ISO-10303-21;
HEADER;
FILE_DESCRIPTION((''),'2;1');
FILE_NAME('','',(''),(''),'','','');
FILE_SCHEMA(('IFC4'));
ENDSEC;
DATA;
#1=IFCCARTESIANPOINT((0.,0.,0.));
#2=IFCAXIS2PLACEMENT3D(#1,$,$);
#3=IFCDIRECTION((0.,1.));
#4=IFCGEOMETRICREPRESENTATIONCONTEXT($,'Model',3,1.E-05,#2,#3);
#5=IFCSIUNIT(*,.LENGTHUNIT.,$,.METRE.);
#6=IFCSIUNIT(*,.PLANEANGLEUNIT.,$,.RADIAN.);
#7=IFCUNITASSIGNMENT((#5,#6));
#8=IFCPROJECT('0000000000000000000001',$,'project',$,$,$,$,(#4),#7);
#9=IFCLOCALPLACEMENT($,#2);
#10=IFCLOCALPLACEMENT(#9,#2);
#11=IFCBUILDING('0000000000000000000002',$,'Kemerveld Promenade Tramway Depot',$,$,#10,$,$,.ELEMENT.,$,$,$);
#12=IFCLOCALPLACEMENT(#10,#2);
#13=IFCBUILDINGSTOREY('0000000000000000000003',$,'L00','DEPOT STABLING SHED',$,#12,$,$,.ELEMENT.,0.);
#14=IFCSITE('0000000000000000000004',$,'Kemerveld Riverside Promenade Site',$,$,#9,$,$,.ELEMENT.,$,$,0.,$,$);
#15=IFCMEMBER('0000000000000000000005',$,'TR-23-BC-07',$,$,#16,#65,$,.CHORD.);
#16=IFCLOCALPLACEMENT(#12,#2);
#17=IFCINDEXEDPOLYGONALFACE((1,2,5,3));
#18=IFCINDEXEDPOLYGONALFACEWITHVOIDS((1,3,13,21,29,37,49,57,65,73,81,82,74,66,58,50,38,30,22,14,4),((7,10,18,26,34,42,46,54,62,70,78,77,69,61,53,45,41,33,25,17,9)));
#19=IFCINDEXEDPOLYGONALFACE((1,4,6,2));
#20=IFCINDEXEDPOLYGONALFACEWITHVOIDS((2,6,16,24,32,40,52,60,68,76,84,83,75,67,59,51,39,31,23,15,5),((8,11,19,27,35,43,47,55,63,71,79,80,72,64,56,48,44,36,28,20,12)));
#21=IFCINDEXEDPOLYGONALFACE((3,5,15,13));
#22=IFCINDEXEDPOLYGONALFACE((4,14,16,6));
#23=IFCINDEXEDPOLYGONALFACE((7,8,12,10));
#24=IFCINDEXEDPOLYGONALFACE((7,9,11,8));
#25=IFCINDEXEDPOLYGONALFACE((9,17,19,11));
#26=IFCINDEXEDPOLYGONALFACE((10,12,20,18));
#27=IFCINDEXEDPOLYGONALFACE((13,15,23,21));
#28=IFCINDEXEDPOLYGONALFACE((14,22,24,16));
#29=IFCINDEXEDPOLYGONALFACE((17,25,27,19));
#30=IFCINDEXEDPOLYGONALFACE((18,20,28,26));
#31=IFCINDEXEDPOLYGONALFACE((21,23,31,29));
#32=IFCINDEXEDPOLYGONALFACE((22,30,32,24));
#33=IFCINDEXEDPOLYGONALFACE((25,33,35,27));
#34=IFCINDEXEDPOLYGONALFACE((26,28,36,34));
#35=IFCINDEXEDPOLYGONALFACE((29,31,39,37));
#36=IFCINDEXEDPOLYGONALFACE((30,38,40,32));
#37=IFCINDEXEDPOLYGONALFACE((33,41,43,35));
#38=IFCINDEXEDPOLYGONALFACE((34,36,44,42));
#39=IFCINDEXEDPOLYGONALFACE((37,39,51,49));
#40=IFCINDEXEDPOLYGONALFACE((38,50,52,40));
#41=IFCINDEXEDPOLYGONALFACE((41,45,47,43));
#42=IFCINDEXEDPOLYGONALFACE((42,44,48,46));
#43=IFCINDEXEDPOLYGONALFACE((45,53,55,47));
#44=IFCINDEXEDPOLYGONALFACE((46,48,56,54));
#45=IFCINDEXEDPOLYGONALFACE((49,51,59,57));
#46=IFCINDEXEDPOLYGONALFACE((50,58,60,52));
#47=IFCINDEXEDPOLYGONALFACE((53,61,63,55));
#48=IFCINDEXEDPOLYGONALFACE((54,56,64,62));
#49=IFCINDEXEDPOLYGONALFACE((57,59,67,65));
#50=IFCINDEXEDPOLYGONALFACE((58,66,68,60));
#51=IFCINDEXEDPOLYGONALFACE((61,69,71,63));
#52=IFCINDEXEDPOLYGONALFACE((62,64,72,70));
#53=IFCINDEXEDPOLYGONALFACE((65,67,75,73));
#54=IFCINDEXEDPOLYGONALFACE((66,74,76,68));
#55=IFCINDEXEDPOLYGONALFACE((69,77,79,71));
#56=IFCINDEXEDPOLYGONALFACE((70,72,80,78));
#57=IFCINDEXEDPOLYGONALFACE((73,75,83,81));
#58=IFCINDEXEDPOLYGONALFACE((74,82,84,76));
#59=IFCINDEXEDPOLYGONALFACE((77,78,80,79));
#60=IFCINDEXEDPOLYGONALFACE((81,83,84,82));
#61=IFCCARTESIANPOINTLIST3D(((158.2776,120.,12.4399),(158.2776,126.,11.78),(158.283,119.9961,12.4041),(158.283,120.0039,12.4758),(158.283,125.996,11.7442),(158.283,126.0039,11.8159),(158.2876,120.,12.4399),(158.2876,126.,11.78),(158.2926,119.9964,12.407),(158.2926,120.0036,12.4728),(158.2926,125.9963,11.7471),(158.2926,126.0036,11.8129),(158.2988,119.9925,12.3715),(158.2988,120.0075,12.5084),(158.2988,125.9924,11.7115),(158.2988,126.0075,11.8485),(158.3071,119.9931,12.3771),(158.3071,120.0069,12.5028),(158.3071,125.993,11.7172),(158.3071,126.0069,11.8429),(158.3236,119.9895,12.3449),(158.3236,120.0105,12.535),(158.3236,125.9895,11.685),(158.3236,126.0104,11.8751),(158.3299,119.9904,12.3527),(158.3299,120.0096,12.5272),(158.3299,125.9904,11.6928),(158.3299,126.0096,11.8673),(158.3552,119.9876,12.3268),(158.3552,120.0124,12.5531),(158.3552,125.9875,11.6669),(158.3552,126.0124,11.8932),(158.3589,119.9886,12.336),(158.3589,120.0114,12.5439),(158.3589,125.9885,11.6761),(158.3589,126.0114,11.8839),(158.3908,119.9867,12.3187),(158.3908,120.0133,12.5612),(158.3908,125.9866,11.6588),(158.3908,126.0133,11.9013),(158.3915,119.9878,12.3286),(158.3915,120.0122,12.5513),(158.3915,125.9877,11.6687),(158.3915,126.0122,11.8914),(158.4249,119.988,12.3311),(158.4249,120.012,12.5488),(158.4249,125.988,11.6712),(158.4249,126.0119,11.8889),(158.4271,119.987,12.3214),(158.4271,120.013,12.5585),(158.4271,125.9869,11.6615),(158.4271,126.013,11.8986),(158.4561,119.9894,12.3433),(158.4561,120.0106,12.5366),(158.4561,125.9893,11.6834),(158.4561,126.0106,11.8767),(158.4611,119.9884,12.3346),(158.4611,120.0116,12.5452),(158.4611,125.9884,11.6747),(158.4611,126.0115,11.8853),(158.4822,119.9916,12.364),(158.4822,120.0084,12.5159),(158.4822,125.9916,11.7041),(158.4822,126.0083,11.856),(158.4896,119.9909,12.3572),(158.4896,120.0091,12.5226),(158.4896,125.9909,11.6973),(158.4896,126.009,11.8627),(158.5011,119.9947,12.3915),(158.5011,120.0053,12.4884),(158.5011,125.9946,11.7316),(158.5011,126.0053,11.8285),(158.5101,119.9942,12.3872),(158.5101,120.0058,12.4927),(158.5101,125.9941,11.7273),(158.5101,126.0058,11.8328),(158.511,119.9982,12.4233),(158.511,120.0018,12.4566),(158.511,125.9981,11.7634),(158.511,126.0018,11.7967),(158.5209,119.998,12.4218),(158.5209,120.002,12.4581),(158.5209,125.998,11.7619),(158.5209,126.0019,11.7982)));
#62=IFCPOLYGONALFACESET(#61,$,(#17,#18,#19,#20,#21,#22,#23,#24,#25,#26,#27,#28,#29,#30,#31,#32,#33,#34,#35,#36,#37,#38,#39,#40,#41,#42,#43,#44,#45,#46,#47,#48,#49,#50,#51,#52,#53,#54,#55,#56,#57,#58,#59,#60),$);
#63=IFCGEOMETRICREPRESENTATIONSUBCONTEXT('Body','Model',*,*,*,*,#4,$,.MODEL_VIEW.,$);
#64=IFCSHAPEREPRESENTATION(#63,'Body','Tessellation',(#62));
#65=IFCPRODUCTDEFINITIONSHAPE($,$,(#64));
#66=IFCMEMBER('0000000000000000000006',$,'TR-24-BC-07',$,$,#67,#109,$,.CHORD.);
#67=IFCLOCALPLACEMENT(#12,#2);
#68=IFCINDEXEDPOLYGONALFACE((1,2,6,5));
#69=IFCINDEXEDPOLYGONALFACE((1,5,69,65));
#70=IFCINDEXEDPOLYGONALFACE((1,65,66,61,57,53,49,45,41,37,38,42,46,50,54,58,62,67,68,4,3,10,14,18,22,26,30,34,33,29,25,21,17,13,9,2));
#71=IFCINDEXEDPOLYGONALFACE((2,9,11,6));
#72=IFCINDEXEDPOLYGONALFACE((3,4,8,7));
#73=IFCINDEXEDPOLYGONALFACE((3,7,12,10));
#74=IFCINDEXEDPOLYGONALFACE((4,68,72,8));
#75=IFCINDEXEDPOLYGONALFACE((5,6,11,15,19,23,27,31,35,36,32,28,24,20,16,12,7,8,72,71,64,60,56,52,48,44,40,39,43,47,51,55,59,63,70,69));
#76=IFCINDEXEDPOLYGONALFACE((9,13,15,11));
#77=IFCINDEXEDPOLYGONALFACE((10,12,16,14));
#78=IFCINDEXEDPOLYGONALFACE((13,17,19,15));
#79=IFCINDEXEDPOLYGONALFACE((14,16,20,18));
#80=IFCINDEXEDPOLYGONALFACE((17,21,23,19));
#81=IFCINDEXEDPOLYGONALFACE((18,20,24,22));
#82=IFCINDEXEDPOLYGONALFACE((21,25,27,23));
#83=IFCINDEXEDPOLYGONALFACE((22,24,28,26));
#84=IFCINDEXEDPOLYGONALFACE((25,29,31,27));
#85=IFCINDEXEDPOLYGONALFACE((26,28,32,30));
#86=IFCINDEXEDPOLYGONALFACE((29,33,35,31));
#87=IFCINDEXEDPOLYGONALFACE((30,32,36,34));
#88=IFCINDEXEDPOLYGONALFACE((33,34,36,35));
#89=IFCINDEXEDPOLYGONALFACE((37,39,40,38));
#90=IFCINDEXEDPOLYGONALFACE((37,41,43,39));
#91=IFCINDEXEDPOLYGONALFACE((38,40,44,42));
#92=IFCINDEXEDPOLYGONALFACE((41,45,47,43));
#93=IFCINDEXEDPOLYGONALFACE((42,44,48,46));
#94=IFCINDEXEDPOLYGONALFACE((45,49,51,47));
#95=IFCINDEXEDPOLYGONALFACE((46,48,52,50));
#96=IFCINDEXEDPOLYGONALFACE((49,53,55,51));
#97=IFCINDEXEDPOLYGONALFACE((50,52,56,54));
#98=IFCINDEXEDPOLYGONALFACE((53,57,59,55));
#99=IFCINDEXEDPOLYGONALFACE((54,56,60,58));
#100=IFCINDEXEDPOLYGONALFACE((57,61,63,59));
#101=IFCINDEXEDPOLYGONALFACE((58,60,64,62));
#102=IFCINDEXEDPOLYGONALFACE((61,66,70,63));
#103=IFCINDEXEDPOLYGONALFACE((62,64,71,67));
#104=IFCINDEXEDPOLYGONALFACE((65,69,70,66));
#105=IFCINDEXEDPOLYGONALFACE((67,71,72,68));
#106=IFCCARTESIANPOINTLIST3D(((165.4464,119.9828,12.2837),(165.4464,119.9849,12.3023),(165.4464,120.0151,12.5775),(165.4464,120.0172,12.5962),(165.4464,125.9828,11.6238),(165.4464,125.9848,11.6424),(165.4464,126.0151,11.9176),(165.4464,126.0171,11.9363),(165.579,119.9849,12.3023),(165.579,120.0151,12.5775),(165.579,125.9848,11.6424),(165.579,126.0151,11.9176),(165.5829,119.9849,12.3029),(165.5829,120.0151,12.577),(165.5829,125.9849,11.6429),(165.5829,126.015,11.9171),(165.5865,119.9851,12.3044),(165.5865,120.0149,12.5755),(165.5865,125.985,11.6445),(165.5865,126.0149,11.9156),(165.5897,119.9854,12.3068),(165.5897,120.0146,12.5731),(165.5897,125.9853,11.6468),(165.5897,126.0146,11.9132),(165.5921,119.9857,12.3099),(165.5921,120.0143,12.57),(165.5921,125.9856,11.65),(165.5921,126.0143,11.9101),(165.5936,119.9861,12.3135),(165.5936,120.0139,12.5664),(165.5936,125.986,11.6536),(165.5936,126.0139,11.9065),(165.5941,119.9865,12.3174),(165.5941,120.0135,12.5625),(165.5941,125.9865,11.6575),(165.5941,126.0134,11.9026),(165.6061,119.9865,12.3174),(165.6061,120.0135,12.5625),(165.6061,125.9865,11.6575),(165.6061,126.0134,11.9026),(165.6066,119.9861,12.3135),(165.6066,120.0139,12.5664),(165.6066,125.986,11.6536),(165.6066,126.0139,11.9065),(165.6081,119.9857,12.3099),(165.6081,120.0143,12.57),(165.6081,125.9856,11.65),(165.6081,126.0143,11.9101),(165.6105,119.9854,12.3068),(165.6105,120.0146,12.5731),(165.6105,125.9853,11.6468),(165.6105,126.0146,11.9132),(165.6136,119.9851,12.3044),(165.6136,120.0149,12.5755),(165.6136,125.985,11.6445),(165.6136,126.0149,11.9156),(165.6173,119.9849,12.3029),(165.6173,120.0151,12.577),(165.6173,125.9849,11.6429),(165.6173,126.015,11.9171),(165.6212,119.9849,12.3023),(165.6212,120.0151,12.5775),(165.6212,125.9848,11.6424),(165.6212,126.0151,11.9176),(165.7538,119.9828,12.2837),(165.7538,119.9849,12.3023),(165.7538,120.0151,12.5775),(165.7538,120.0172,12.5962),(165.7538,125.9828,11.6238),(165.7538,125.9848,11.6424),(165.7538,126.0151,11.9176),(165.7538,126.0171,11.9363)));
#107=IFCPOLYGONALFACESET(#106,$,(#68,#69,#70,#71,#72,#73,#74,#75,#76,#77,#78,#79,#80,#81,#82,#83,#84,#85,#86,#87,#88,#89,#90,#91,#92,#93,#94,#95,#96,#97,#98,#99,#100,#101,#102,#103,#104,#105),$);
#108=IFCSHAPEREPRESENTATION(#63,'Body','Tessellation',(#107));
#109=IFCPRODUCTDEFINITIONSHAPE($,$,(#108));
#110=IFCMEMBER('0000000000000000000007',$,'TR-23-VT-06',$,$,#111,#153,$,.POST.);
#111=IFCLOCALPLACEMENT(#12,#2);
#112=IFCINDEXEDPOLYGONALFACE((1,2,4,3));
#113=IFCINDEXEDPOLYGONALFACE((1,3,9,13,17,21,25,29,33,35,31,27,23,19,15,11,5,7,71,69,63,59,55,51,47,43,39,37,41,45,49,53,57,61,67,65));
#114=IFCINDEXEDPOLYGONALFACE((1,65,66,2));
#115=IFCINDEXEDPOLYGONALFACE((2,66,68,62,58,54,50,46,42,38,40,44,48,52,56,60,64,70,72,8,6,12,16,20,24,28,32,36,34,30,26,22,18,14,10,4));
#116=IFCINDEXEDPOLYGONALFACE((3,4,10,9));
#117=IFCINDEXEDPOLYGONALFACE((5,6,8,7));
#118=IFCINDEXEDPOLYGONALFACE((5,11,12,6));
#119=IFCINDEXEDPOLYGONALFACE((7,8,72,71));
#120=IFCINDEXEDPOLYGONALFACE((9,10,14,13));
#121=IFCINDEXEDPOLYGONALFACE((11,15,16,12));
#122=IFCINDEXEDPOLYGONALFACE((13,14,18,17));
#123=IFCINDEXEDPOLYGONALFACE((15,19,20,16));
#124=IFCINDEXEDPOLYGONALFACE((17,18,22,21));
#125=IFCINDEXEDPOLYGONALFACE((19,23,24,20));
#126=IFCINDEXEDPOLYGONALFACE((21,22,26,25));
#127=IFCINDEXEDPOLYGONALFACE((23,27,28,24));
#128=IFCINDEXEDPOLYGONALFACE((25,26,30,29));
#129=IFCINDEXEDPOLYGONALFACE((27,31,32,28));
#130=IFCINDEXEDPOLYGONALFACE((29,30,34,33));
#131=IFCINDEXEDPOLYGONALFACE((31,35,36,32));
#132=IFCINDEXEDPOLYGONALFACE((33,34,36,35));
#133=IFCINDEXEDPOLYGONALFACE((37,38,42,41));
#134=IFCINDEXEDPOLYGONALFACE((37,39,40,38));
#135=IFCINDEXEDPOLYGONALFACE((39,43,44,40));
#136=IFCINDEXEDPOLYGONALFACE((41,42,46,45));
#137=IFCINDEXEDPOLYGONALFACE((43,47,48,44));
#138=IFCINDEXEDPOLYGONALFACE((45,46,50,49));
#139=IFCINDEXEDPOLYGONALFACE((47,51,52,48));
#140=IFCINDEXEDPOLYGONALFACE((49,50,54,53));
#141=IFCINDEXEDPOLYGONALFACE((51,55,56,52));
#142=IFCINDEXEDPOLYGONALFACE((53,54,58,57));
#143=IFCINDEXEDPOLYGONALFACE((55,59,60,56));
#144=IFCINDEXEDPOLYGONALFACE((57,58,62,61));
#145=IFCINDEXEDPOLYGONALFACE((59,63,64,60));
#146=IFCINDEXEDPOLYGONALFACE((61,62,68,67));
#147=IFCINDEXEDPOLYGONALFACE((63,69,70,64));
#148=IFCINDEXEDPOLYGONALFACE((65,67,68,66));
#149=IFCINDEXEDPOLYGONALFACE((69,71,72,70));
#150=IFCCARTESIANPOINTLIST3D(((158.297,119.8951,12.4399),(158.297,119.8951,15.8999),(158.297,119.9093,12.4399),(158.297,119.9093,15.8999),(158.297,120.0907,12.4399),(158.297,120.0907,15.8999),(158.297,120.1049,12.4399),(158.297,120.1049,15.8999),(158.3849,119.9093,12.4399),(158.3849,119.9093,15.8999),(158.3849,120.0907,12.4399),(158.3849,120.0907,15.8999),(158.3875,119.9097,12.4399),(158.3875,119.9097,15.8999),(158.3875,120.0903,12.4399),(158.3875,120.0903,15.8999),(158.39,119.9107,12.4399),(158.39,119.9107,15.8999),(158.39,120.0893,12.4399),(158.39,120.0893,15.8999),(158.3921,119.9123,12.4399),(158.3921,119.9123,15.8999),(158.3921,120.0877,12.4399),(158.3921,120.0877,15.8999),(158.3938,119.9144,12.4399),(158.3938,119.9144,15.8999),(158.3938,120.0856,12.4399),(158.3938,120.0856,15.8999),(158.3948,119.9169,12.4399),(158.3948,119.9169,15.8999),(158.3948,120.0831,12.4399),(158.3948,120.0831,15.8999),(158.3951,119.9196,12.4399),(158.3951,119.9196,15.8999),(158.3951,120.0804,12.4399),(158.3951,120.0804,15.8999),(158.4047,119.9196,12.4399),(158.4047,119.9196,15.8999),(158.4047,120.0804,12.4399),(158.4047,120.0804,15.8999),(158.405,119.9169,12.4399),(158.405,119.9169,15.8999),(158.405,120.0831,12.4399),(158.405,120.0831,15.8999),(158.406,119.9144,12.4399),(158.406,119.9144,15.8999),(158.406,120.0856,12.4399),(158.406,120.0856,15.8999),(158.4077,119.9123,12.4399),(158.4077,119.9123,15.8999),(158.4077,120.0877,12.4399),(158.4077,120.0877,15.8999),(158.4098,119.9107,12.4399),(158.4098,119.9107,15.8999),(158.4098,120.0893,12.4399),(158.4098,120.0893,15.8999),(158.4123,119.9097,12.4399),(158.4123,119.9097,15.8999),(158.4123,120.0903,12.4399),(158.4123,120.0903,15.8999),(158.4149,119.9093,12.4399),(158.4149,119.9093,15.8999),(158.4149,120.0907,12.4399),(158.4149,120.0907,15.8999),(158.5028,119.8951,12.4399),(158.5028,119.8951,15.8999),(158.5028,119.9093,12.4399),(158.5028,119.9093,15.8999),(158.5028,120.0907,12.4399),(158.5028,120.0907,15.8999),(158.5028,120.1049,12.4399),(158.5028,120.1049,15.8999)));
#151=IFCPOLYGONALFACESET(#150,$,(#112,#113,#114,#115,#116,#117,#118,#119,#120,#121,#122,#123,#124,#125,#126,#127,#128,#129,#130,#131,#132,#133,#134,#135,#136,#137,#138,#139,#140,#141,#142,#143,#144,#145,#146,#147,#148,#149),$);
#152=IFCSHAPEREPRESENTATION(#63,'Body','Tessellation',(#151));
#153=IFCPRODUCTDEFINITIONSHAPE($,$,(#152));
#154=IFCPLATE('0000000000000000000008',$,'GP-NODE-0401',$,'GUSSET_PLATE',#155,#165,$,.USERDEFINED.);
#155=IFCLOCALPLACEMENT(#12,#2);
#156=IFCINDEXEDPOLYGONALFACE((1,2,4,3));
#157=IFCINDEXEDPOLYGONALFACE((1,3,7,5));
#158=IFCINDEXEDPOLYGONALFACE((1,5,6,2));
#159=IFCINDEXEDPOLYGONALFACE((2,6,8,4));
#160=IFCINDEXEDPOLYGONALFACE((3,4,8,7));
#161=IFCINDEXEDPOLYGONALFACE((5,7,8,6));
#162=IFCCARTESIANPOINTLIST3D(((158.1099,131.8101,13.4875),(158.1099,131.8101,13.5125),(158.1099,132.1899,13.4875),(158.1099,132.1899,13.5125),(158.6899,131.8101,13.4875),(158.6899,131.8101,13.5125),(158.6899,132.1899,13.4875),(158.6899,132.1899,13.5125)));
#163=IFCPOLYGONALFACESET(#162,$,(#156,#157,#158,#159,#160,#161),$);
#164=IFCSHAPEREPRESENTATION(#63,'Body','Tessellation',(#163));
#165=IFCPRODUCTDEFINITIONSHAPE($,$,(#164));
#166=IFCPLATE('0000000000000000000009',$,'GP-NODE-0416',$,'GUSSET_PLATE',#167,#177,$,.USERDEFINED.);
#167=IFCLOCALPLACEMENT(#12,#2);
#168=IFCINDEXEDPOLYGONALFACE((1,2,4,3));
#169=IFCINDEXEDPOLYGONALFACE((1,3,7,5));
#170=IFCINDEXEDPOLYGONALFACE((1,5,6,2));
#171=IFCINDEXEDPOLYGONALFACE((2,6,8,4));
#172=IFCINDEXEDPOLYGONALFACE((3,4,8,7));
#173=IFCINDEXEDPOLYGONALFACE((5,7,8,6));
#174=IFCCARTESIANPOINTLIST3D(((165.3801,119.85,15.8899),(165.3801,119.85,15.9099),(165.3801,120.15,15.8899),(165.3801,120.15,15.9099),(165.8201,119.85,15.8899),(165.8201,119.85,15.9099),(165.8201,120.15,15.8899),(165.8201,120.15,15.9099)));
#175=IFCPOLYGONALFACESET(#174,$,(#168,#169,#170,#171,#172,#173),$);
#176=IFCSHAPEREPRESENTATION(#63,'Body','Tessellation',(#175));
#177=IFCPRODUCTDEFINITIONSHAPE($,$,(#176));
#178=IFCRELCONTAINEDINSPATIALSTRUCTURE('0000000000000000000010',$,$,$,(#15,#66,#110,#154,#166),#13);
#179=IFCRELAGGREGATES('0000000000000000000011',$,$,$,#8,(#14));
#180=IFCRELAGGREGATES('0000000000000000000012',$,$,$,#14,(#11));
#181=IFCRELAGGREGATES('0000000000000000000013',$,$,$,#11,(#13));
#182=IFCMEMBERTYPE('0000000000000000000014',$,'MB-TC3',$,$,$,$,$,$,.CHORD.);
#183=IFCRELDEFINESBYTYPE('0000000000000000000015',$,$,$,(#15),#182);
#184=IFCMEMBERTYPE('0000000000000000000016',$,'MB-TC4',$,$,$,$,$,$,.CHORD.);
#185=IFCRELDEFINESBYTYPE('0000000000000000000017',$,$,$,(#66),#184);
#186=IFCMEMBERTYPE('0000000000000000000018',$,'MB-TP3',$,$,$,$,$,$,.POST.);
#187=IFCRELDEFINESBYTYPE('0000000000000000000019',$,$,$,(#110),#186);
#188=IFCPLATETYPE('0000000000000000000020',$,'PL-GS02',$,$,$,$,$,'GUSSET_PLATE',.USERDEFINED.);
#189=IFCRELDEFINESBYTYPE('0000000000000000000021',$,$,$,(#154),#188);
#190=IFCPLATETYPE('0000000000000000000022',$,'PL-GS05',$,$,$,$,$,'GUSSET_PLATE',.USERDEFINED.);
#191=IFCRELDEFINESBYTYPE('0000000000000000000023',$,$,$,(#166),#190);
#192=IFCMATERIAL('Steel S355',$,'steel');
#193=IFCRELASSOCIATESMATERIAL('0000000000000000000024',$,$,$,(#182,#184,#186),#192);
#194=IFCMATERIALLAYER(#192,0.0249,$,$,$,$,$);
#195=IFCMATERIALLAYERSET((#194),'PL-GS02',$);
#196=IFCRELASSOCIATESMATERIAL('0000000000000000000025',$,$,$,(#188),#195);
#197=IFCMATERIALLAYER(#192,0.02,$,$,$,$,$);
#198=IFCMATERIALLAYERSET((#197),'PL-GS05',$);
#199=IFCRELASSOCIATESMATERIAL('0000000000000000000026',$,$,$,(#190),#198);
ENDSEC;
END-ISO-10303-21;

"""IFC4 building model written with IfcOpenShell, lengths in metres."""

from ifc_helpers import new_model, si_unit, direction, frame, origin, origin_2d, place, context, subcontext, project, spatial, rectangle, hollow_circle, i_section, extrude, material, layer, layer_set, material_profile, profile_set, type_object, element, save


model = new_model("IFC4")

# Units and contexts
model_context = context("Model", 3, precision=1e-05, world=origin(), true_north=direction((0.0, 1.0)))
body_context = subcontext(model_context, "Body", "Model", "MODEL_VIEW")
ifc_project = project(units=[si_unit("LENGTHUNIT", "METRE"), si_unit("PLANEANGLEUNIT", "RADIAN")], contexts=[model_context])

# Site, building, storey
site_placement = place(None, origin())
site = spatial("IfcSite", under=ifc_project, at=site_placement, Name="Kemerveld Riverside Promenade Site", CompositionType="ELEMENT", RefElevation=0.0)
building_placement = place(site_placement, origin())
building = spatial("IfcBuilding", under=site, at=building_placement, Name="Kemerveld Promenade Tramway Depot", CompositionType="ELEMENT")
storey_placement = place(building_placement, origin())
storey = spatial("IfcBuildingStorey", under=building, at=storey_placement, Name="L00", Description="DEPOT STABLING SHED", CompositionType="ELEMENT", Elevation=0.0)

# Members
ifc_material = material(Name="Steel S355", Category="steel")
ifc_material_profile_1 = material_profile(ifc_material, hollow_circle(Radius=0.1223, WallThickness=0.01, at=origin_2d()), Name="244.5x10.0 CHS")
ifc_profile_set_1 = profile_set([ifc_material_profile_1], Name="Steel S355")
member_type_1 = type_object("IfcMemberType", Name="MB-TC3", PredefinedType="CHORD", material=ifc_profile_set_1)
member_1_placement = place(storey_placement, frame((158.3999, 120.0, 12.4399), z_axis=(0.0, 0.994006, -0.109326), x_axis=(-1.0, 0.0, 0.0)))
element("IfcMember", 1, at=member_1_placement, inside=storey, type_object=member_type_1, Name="TR-23-BC-07", PredefinedType="CHORD", context=body_context, shape_type="SweptSolid", body=[
    extrude(hollow_circle(Radius=0.1223, WallThickness=0.01, at=origin_2d()), origin(), (0.0, 0.0, 1.0), 6.0361),
])
ifc_material_profile_2 = material_profile(ifc_material, i_section(OverallWidth=0.3074, OverallDepth=0.3145, WebThickness=0.012, FlangeThickness=0.0188, FilletRadius=0.0151, at=origin_2d()), Name="305x305x118 UC")
ifc_profile_set_2 = profile_set([ifc_material_profile_2], Name="Steel S355")
member_type_2 = type_object("IfcMemberType", Name="MB-TC4", PredefinedType="CHORD", material=ifc_profile_set_2)
member_2_placement = place(storey_placement, frame((165.6001, 120.0, 12.4399), z_axis=(0.0, 0.994006, -0.109326), x_axis=(-1.0, 0.0, 0.0)))
element("IfcMember", 2, at=member_2_placement, inside=storey, type_object=member_type_2, Name="TR-24-BC-07", PredefinedType="CHORD", context=body_context, shape_type="SweptSolid", body=[
    extrude(i_section(OverallWidth=0.3074, OverallDepth=0.3145, WebThickness=0.012, FlangeThickness=0.0188, FilletRadius=0.0151, at=origin_2d()), origin(), (0.0, 0.0, 1.0), 6.0361),
])
ifc_material_profile_3 = material_profile(ifc_material, i_section(OverallWidth=0.2058, OverallDepth=0.2097, WebThickness=0.0095, FlangeThickness=0.0142, FilletRadius=0.0103, at=origin_2d()), Name="203x203x60 UC")
ifc_profile_set_3 = profile_set([ifc_material_profile_3], Name="Steel S355")
member_type_3 = type_object("IfcMemberType", Name="MB-TP3", PredefinedType="POST", material=ifc_profile_set_3)
member_3_placement = place(storey_placement, frame((158.3999, 120.0, 12.4399), z_axis=(0.0, 0.0, 1.0), x_axis=(1.0, 0.0, 0.0)))
element("IfcMember", 3, at=member_3_placement, inside=storey, type_object=member_type_3, Name="TR-23-VT-06", PredefinedType="POST", context=body_context, shape_type="SweptSolid", body=[
    extrude(i_section(OverallWidth=0.2058, OverallDepth=0.2097, WebThickness=0.0095, FlangeThickness=0.0142, FilletRadius=0.0103, at=origin_2d()), origin(), (0.0, 0.0, 1.0), 3.46),
])

# Plates
ifc_layer_1 = layer(ifc_material, 0.0249)
ifc_layer_set_1 = layer_set([ifc_layer_1], Name="PL-GS02")
plate_type_1 = type_object("IfcPlateType", Name="PL-GS02", ElementType="GUSSET_PLATE", PredefinedType="USERDEFINED", material=ifc_layer_set_1)
plate_1_placement = place(storey_placement, frame((158.3999, 132.0, 13.4875), z_axis=(0.0, 0.0, 1.0), x_axis=(1.0, 0.0, 0.0)))
element("IfcPlate", 4, at=plate_1_placement, inside=storey, type_object=plate_type_1, Name="GP-NODE-0401", ObjectType="GUSSET_PLATE", PredefinedType="USERDEFINED", context=body_context, shape_type="SweptSolid", body=[
    extrude(rectangle(XDim=0.5801, YDim=0.3799, at=origin_2d()), origin(), (0.0, 0.0, 1.0), 0.0249),
])
ifc_layer_2 = layer(ifc_material, 0.02)
ifc_layer_set_2 = layer_set([ifc_layer_2], Name="PL-GS05")
plate_type_2 = type_object("IfcPlateType", Name="PL-GS05", ElementType="GUSSET_PLATE", PredefinedType="USERDEFINED", material=ifc_layer_set_2)
plate_2_placement = place(storey_placement, frame((165.6001, 120.0, 15.8899), z_axis=(0.0, 0.0, 1.0), x_axis=(1.0, 0.0, 0.0)))
element("IfcPlate", 5, at=plate_2_placement, inside=storey, type_object=plate_type_2, Name="GP-NODE-0416", ObjectType="GUSSET_PLATE", PredefinedType="USERDEFINED", context=body_context, shape_type="SweptSolid", body=[
    extrude(rectangle(XDim=0.4399, YDim=0.3, at=origin_2d()), origin(), (0.0, 0.0, 1.0), 0.02),
])

save(model, "model.ifc")
